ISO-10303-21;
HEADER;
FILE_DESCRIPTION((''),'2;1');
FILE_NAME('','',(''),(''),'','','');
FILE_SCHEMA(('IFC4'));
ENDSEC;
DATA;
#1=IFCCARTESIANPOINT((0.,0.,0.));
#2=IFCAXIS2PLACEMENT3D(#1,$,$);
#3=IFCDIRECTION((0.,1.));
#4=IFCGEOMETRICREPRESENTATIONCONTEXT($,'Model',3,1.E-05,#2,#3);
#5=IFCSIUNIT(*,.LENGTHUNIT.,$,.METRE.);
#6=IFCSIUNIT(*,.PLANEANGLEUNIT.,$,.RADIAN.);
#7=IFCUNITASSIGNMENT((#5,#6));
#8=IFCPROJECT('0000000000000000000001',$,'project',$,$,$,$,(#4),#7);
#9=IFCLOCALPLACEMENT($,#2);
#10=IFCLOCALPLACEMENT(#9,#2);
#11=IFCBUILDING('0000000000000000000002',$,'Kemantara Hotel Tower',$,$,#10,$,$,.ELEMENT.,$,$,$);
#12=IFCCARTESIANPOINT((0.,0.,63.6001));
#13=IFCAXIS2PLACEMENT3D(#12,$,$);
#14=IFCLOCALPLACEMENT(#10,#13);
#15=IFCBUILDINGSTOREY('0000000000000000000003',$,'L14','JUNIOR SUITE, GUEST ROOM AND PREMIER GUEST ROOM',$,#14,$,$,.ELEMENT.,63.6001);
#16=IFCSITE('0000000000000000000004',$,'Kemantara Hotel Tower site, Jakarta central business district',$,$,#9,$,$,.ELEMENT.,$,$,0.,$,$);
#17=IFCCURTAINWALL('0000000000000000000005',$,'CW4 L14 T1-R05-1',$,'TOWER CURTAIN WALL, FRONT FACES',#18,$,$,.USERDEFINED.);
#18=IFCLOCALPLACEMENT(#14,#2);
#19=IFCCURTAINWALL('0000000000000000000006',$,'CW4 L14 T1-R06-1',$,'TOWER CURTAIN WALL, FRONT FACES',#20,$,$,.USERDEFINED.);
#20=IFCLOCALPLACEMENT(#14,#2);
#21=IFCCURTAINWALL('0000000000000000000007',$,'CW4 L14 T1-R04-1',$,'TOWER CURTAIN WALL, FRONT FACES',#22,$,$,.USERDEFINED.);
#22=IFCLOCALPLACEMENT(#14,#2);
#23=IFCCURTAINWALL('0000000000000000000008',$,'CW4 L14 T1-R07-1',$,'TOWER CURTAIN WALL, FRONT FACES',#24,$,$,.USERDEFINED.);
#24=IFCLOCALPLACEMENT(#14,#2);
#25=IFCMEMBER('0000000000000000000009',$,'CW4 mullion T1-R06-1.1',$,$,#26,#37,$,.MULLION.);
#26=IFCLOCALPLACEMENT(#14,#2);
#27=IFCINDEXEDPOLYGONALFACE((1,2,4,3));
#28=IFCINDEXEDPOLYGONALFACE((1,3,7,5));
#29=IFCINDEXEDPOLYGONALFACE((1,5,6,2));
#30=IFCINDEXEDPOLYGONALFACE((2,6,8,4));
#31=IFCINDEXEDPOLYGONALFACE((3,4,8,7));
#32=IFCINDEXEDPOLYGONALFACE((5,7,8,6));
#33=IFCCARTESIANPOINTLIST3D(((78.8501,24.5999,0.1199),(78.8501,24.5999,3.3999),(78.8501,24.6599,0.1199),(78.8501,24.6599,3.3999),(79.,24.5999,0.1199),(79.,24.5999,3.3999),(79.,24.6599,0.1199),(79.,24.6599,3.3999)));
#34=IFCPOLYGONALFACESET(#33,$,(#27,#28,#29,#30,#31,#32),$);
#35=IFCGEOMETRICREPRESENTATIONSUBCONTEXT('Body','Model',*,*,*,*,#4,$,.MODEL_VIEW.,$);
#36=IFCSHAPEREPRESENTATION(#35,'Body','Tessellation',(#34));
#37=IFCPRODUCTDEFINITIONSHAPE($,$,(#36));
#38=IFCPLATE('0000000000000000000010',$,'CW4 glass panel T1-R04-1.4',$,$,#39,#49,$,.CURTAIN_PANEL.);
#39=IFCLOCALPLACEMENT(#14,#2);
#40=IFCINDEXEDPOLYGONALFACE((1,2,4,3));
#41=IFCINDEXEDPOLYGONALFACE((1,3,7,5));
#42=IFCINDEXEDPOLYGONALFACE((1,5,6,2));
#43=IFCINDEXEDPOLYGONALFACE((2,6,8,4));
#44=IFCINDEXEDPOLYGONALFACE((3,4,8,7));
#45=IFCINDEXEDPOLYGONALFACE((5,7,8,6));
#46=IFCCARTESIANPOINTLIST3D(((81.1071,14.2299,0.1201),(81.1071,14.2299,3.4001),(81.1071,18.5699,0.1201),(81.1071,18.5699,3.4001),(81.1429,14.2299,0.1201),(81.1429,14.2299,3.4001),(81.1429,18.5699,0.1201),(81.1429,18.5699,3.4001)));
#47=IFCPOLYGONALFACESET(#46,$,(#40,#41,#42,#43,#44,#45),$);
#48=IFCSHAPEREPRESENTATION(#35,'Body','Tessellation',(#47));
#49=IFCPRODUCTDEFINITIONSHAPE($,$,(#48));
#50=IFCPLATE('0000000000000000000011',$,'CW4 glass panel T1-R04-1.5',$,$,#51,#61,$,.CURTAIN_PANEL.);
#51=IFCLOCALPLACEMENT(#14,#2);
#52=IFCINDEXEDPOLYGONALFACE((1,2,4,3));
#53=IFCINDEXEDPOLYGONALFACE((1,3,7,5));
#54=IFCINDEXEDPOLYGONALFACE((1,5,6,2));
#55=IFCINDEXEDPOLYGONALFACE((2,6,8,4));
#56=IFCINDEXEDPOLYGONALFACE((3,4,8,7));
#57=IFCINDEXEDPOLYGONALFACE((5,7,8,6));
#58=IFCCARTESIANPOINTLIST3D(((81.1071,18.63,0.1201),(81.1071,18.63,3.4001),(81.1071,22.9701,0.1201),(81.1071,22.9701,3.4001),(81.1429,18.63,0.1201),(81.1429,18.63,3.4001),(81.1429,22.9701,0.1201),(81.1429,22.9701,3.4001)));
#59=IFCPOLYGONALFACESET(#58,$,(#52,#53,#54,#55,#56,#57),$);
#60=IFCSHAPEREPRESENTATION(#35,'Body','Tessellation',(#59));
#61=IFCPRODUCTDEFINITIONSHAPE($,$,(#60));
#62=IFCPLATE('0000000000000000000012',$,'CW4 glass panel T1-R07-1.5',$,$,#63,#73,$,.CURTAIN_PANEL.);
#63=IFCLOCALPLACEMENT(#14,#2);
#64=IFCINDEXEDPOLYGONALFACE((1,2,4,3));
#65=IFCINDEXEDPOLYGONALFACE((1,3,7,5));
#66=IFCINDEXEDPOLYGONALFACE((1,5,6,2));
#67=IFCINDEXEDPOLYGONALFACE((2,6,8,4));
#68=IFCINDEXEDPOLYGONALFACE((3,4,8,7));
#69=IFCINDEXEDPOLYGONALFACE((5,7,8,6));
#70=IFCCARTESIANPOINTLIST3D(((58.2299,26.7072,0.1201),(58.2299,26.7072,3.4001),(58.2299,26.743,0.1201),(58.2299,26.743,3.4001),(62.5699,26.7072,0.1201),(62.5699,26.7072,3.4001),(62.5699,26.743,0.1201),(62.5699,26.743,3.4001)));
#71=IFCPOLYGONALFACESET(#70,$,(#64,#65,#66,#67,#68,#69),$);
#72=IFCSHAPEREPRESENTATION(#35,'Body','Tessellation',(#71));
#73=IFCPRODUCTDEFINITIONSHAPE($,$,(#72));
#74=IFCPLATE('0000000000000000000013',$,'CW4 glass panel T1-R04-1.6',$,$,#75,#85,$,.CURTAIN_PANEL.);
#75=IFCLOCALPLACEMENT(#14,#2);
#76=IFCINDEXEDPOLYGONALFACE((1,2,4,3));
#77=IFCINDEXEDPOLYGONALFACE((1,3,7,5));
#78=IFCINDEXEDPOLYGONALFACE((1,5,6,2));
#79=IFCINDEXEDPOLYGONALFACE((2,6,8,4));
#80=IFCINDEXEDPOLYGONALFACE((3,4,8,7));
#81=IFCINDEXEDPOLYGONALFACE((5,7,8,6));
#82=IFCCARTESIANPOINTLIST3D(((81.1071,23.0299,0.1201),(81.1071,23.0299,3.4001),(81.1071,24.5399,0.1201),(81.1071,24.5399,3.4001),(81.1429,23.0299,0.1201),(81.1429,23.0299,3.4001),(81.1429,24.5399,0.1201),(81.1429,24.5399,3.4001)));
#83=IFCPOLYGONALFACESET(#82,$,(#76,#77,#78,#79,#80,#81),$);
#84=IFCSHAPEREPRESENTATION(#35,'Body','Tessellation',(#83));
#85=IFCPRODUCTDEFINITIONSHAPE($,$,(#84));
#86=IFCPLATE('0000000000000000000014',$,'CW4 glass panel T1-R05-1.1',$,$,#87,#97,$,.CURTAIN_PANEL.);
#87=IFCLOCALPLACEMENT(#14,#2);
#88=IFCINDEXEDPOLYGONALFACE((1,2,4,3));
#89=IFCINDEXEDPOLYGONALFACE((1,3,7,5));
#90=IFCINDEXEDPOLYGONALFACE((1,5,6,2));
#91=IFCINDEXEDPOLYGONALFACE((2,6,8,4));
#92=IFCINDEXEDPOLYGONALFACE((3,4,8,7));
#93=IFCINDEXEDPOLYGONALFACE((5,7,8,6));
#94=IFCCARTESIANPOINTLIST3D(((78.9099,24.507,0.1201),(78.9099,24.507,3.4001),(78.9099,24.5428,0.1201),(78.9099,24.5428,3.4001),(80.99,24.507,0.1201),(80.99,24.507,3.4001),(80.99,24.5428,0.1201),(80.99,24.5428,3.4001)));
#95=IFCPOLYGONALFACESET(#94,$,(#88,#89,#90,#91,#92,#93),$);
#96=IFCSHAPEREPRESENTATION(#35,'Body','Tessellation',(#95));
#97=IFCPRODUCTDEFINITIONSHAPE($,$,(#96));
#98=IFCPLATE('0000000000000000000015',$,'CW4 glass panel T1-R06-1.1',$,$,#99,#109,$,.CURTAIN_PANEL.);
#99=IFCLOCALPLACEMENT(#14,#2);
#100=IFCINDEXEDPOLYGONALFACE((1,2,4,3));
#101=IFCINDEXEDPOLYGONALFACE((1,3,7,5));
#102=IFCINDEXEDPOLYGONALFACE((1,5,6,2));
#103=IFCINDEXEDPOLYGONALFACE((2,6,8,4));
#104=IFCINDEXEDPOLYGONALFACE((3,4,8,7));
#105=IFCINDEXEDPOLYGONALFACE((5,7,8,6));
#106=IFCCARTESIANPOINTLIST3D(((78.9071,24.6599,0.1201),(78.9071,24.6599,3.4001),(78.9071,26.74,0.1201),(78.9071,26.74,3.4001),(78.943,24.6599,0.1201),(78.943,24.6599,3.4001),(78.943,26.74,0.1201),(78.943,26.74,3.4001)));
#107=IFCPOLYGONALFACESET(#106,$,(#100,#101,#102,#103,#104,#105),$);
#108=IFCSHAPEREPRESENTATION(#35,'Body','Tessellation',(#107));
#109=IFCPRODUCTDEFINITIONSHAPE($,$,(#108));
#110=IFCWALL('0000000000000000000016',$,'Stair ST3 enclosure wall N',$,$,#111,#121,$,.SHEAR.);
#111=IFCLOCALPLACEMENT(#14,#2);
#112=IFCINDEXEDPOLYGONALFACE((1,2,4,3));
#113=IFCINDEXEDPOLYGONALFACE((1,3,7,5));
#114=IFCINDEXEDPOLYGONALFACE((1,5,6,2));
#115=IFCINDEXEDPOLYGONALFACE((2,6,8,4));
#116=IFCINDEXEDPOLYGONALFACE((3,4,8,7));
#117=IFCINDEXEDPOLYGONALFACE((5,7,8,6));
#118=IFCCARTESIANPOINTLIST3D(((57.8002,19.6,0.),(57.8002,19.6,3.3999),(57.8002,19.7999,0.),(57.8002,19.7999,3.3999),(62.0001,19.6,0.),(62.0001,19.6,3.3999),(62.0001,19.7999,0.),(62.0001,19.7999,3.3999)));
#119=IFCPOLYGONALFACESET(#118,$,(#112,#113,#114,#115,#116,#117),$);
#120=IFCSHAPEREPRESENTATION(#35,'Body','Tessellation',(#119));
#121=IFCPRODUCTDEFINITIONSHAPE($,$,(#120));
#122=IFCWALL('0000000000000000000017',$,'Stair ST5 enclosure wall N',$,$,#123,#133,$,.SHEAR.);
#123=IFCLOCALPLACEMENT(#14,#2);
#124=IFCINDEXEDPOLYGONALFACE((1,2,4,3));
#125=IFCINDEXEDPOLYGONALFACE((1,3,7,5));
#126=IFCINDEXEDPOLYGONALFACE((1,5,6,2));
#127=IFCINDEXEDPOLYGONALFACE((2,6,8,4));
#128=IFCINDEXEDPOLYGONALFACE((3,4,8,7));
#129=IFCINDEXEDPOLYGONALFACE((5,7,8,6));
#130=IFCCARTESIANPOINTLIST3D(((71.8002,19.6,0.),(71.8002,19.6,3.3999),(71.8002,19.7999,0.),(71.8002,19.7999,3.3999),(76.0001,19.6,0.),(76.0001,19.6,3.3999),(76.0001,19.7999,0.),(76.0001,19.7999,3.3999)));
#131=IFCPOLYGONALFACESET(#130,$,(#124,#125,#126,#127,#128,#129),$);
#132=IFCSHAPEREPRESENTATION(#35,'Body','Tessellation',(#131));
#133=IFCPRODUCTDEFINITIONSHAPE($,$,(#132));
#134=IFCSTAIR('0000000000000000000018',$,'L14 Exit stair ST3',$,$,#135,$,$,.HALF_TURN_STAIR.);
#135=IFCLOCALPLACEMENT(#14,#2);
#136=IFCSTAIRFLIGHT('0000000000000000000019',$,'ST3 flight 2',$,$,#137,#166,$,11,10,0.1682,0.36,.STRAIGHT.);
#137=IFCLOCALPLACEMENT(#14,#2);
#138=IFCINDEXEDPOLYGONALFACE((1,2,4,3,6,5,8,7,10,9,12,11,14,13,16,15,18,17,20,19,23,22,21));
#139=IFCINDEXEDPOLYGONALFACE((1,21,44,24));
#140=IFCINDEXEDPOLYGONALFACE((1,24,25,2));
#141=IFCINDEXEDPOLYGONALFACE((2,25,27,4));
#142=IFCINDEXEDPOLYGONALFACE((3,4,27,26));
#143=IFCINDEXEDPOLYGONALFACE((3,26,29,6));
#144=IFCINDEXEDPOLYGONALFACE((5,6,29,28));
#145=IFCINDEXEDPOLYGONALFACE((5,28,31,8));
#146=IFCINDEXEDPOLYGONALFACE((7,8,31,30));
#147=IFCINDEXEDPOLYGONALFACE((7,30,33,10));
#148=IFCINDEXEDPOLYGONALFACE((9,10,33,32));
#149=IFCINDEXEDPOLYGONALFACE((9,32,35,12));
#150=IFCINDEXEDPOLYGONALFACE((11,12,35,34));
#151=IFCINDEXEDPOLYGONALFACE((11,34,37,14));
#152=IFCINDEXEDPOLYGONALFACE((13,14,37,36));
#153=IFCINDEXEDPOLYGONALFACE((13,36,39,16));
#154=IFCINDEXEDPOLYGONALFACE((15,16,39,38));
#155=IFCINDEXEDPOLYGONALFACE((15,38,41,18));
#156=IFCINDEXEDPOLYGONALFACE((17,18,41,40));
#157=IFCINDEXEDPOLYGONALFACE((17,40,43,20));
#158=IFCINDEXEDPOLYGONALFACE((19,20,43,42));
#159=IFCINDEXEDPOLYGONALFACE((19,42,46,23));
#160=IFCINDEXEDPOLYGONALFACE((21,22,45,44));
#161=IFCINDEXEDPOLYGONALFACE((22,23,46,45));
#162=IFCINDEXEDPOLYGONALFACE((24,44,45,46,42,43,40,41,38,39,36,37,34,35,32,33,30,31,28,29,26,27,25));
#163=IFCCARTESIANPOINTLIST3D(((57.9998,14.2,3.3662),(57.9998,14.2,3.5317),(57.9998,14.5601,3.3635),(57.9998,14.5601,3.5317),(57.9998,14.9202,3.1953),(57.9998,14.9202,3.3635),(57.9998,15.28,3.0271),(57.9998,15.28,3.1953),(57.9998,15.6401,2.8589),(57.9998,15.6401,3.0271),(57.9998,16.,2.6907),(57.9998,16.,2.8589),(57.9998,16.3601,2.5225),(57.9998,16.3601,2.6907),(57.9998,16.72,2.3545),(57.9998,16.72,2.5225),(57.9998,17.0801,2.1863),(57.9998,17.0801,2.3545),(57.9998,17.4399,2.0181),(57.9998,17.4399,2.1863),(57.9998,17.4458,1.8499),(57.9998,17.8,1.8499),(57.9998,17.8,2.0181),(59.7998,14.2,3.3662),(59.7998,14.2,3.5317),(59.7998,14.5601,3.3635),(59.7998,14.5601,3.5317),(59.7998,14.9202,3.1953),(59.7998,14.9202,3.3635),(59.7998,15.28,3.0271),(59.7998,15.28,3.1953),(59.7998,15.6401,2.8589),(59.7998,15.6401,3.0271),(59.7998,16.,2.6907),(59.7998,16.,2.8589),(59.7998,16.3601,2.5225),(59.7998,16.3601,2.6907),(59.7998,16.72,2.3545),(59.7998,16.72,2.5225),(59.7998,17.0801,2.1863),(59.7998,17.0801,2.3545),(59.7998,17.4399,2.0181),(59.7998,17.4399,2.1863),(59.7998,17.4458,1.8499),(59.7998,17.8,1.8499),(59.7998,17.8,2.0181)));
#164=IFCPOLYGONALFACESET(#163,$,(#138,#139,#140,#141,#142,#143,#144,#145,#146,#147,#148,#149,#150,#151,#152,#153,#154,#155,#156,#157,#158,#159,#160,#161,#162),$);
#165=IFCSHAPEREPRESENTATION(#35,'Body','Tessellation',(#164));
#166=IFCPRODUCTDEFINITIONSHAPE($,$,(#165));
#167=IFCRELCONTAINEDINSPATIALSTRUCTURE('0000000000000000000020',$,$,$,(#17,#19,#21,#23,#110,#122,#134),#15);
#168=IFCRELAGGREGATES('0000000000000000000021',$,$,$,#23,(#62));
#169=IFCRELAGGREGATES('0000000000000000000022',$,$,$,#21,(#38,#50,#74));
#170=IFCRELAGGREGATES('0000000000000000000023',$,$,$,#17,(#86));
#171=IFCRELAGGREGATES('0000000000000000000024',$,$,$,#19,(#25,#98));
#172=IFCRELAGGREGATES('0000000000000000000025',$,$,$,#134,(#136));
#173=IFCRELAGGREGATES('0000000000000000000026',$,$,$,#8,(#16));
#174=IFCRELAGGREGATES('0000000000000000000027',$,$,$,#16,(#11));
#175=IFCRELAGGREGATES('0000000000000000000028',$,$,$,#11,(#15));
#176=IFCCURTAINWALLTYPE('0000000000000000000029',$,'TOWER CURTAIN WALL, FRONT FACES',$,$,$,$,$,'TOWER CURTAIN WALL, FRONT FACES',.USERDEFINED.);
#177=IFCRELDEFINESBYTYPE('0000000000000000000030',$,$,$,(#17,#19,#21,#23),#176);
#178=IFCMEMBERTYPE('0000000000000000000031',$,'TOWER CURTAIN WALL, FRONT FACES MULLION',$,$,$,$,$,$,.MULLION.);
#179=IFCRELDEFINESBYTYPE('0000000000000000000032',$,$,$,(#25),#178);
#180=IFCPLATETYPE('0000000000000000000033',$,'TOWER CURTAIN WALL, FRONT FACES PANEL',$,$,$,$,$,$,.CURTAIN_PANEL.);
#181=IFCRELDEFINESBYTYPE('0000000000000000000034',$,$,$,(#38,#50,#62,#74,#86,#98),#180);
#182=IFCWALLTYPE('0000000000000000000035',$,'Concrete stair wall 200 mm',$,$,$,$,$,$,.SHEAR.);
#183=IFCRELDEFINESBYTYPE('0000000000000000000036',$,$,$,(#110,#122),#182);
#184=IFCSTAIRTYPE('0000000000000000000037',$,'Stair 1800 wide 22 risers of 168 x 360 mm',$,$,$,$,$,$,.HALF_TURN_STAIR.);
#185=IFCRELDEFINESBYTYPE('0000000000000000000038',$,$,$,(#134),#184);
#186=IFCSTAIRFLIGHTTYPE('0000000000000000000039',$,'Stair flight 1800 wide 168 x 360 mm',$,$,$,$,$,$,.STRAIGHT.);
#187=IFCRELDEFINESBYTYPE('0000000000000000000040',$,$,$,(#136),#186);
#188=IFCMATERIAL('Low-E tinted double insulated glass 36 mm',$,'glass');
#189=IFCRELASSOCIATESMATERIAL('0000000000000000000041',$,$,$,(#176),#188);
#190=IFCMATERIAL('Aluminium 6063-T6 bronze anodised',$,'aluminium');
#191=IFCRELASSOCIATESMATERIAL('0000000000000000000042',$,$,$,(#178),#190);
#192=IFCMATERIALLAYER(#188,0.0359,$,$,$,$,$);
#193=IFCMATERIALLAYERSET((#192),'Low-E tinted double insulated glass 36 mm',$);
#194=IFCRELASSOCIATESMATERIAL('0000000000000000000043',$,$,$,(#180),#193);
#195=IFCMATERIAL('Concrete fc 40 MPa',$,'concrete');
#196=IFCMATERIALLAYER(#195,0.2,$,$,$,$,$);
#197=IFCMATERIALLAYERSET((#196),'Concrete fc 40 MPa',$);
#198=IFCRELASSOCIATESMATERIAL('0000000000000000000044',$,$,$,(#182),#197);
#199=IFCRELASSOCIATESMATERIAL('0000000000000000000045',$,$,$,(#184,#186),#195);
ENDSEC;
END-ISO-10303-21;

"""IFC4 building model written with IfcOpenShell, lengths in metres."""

from ifc_helpers import new_model, si_unit, direction, frame, frame_2d, origin, origin_2d, place, context, subcontext, project, spatial, polyline, rectangle, outline, extrude, source, transform, mapped, material, layer, layer_set, material_profile, profile_set, type_object, element, aggregate, save


model = new_model("IFC4")

# Units and contexts
model_context = context("Model", 3, precision=1e-05, world=origin(), true_north=direction((0.0, 1.0)))
body_context = subcontext(model_context, "Body", "Model", "MODEL_VIEW")
ifc_project = project(units=[si_unit("LENGTHUNIT", "METRE"), si_unit("PLANEANGLEUNIT", "RADIAN")], contexts=[model_context])

# Site, building, storey
site_placement = place(None, origin())
site = spatial("IfcSite", under=ifc_project, at=site_placement, Name="Kemantara Hotel Tower site, Jakarta central business district", CompositionType="ELEMENT", RefElevation=0.0)
building_placement = place(site_placement, origin())
building = spatial("IfcBuilding", under=site, at=building_placement, Name="Kemantara Hotel Tower", CompositionType="ELEMENT")
storey_placement = place(building_placement, frame((0.0, 0.0, 63.6001)))
storey = spatial("IfcBuildingStorey", under=building, at=storey_placement, Name="L14", Description="JUNIOR SUITE, GUEST ROOM AND PREMIER GUEST ROOM", CompositionType="ELEMENT", Elevation=63.6001)

# Curtain walls
ifc_material_1 = material(Name="Low-E tinted double insulated glass 36 mm", Category="glass")
curtain_wall_type = type_object("IfcCurtainWallType", Name="TOWER CURTAIN WALL, FRONT FACES", ElementType="TOWER CURTAIN WALL, FRONT FACES", PredefinedType="USERDEFINED", material=ifc_material_1)
curtain_wall_1_placement = place(storey_placement, origin())
curtain_wall_1 = element("IfcCurtainWall", 1, at=curtain_wall_1_placement, inside=storey, type_object=curtain_wall_type, Name="CW4 L14 T1-R05-1", ObjectType="TOWER CURTAIN WALL, FRONT FACES", PredefinedType="USERDEFINED")
ifc_material_2 = material(Name="Aluminium 6063-T6 bronze anodised", Category="aluminium")
curtain_wall_2_placement = place(storey_placement, origin())
curtain_wall_2 = element("IfcCurtainWall", 2, at=curtain_wall_2_placement, inside=storey, type_object=curtain_wall_type, Name="CW4 L14 T1-R06-1", ObjectType="TOWER CURTAIN WALL, FRONT FACES", PredefinedType="USERDEFINED")

# Curtain walls
curtain_wall_3_placement = place(storey_placement, origin())
curtain_wall_3 = element("IfcCurtainWall", 3, at=curtain_wall_3_placement, inside=storey, type_object=curtain_wall_type, Name="CW4 L14 T1-R04-1", ObjectType="TOWER CURTAIN WALL, FRONT FACES", PredefinedType="USERDEFINED")
ifc_material_profile_1 = material_profile(ifc_material_2, rectangle(XDim=0.1499, YDim=0.0601, at=origin_2d()), Name="TOWER CURTAIN WALL, FRONT FACES MULLION")
ifc_profile_set_1 = profile_set([ifc_material_profile_1], Name="Aluminium 6063-T6 bronze anodised")
member_type_1 = type_object("IfcMemberType", Name="TOWER CURTAIN WALL, FRONT FACES MULLION", PredefinedType="MULLION", material=ifc_profile_set_1)
shared_shape_1 = source(origin(), body_context, "Body", "SweptSolid", [
    extrude(rectangle(XDim=0.1499, YDim=0.0601, at=origin_2d()), origin(), (0.0, 0.0, 1.0), 3.28),
])
curtain_wall_4_placement = place(storey_placement, origin())
curtain_wall_4 = element("IfcCurtainWall", 4, at=curtain_wall_4_placement, inside=storey, type_object=curtain_wall_type, Name="CW4 L14 T1-R07-1", ObjectType="TOWER CURTAIN WALL, FRONT FACES", PredefinedType="USERDEFINED")

# Member
member_1_placement = place(storey_placement, frame((78.925, 24.6299, 0.1199), z_axis=(0.0, 0.0, 1.0), x_axis=(-1.0, 0.0, 0.0)))
member_1 = element("IfcMember", 5, at=member_1_placement, type_object=member_type_1, Name="CW4 mullion T1-R06-1.1", PredefinedType="MULLION", context=body_context, shape_type="MappedRepresentation", body=[
    mapped(shared_shape_1, transform((0.0, 0.0, 0.0))),
])

# Plates
ifc_layer_1 = layer(ifc_material_1, 0.0359)
ifc_layer_set_1 = layer_set([ifc_layer_1], Name="Low-E tinted double insulated glass 36 mm")
plate_type = type_object("IfcPlateType", Name="TOWER CURTAIN WALL, FRONT FACES PANEL", PredefinedType="CURTAIN_PANEL", material=ifc_layer_set_1)
shared_shape_2 = source(origin(), body_context, "Body", "SweptSolid", [
    extrude(rectangle(XDim=4.3401, YDim=0.0359, at=origin_2d()), origin(), (0.0, 0.0, 1.0), 3.28),
])
plate_1_placement = place(storey_placement, frame((81.125, 16.3999, 0.1201), z_axis=(0.0, 0.0, 1.0), x_axis=(0.0, 1.0, 0.0)))
plate_1 = element("IfcPlate", 6, at=plate_1_placement, type_object=plate_type, Name="CW4 glass panel T1-R04-1.4", PredefinedType="CURTAIN_PANEL", context=body_context, shape_type="MappedRepresentation", body=[
    mapped(shared_shape_2, transform((0.0, 0.0, 0.0))),
])
plate_2_placement = place(storey_placement, frame((81.125, 20.8, 0.1201), z_axis=(0.0, 0.0, 1.0), x_axis=(0.0, 1.0, 0.0)))
plate_2 = element("IfcPlate", 7, at=plate_2_placement, type_object=plate_type, Name="CW4 glass panel T1-R04-1.5", PredefinedType="CURTAIN_PANEL", context=body_context, shape_type="MappedRepresentation", body=[
    mapped(shared_shape_2, transform((0.0, 0.0, 0.0))),
])
plate_3_placement = place(storey_placement, frame((60.3999, 26.7251, 0.1201), z_axis=(0.0, 0.0, 1.0), x_axis=(-1.0, 0.0, 0.0)))
plate_3 = element("IfcPlate", 8, at=plate_3_placement, type_object=plate_type, Name="CW4 glass panel T1-R07-1.5", PredefinedType="CURTAIN_PANEL", context=body_context, shape_type="MappedRepresentation", body=[
    mapped(shared_shape_2, transform((0.0, 0.0, 0.0))),
])
aggregate(curtain_wall_4, [plate_3])
shared_shape_3 = source(origin(), body_context, "Body", "SweptSolid", [
    extrude(rectangle(XDim=1.51, YDim=0.0359, at=origin_2d()), origin(), (0.0, 0.0, 1.0), 3.28),
])
plate_4_placement = place(storey_placement, frame((81.125, 23.7849, 0.1201), z_axis=(0.0, 0.0, 1.0), x_axis=(0.0, 1.0, 0.0)))
plate_4 = element("IfcPlate", 9, at=plate_4_placement, type_object=plate_type, Name="CW4 glass panel T1-R04-1.6", PredefinedType="CURTAIN_PANEL", context=body_context, shape_type="MappedRepresentation", body=[
    mapped(shared_shape_3, transform((0.0, 0.0, 0.0))),
])
aggregate(curtain_wall_3, [plate_1, plate_2, plate_4])
shared_shape_4 = source(origin(), body_context, "Body", "SweptSolid", [
    extrude(rectangle(XDim=2.0801, YDim=0.0359, at=origin_2d()), origin(), (0.0, 0.0, 1.0), 3.28),
])
plate_5_placement = place(storey_placement, frame((79.95, 24.5249, 0.1201), z_axis=(0.0, 0.0, 1.0), x_axis=(-1.0, 0.0, 0.0)))
plate_5 = element("IfcPlate", 10, at=plate_5_placement, type_object=plate_type, Name="CW4 glass panel T1-R05-1.1", PredefinedType="CURTAIN_PANEL", context=body_context, shape_type="MappedRepresentation", body=[
    mapped(shared_shape_4, transform((0.0, 0.0, 0.0))),
])
aggregate(curtain_wall_1, [plate_5])
plate_6_placement = place(storey_placement, frame((78.925, 25.7, 0.1201), z_axis=(0.0, 0.0, 1.0), x_axis=(0.0, 1.0, 0.0)))
plate_6 = element("IfcPlate", 11, at=plate_6_placement, type_object=plate_type, Name="CW4 glass panel T1-R06-1.1", PredefinedType="CURTAIN_PANEL", context=body_context, shape_type="MappedRepresentation", body=[
    mapped(shared_shape_4, transform((0.0, 0.0, 0.0))),
])
aggregate(curtain_wall_2, [member_1, plate_6])

# Walls
ifc_material_3 = material(Name="Concrete fc 40 MPa", Category="concrete")
ifc_layer_2 = layer(ifc_material_3, 0.2)
ifc_layer_set_2 = layer_set([ifc_layer_2], Name="Concrete fc 40 MPa")
wall_type = type_object("IfcWallType", Name="Concrete stair wall 200 mm", PredefinedType="SHEAR", material=ifc_layer_set_2)
for number, where, z_axis, x_axis, name in (
    (12, (57.8, 19.7, 0.0), (0.0, 0.0, 1.0), (1.0, 0.0, 0.0), "Stair ST3 enclosure wall N"),
    (13, (71.8, 19.7, 0.0), (0.0, 0.0, 1.0), (1.0, 0.0, 0.0), "Stair ST5 enclosure wall N"),
):
    element("IfcWall", number, at=place(storey_placement, frame(where, z_axis=z_axis, x_axis=x_axis)), inside=storey, type_object=wall_type, Name=name, PredefinedType="SHEAR", context=body_context, shape_type="SweptSolid", body=[
        extrude(rectangle(XDim=4.2, YDim=0.2, at=frame_2d((2.1001, 0.0))), origin(), (0.0, 0.0, 1.0), 3.3999),
    ])

# Stair, stair flight
stair_type = type_object("IfcStairType", Name="Stair 1800 wide 22 risers of 168 x 360 mm", PredefinedType="HALF_TURN_STAIR", material=ifc_material_3)
stair_1_placement = place(storey_placement, origin())
stair_1 = element("IfcStair", 14, at=stair_1_placement, inside=storey, type_object=stair_type, Name="L14 Exit stair ST3", PredefinedType="HALF_TURN_STAIR")
stair_flight_type = type_object("IfcStairFlightType", Name="Stair flight 1800 wide 168 x 360 mm", PredefinedType="STRAIGHT", material=ifc_material_3)
stair_flight_1_placement = place(storey_placement, frame((58.8999, 17.8, 1.8499), z_axis=(0.0, 0.0, 1.0), x_axis=(0.0, -1.0, 0.0)))
stair_flight_1 = element("IfcStairFlight", 15, at=stair_flight_1_placement, type_object=stair_flight_type, Name="ST3 flight 2", NumberOfRisers=11, NumberOfTreads=10, PredefinedType="STRAIGHT", RiserHeight=0.1682, TreadLength=0.36, context=body_context, shape_type="SweptSolid", body=[
    extrude(outline(polyline([(0.0, 0.0), (0.0, 0.1682), (0.3601, 0.1682), (0.3601, 0.3364), (0.72, 0.3364), (0.72, 0.5046), (1.0801, 0.5046), (1.0801, 0.6726), (1.4399, 0.6726), (1.4399, 0.8408), (1.8, 0.8408), (1.8, 1.009), (2.1599, 1.009), (2.1599, 1.1772), (2.52, 1.1772), (2.52, 1.3455), (2.8799, 1.3455), (2.8799, 1.5137), (3.24, 1.5137), (3.24, 1.6819), (3.6001, 1.6819), (3.6001, 1.8501), (3.6001, 1.5164), (0.3542, 0.0), (0.0, 0.0)])), frame((0.0, 0.8999, 0.0), z_axis=(0.0, -1.0, 0.0), x_axis=(1.0, 0.0, 0.0)), (0.0, 0.0, 1.0), 1.8),
])
aggregate(stair_1, [stair_flight_1])

save(model, "model.ifc")
